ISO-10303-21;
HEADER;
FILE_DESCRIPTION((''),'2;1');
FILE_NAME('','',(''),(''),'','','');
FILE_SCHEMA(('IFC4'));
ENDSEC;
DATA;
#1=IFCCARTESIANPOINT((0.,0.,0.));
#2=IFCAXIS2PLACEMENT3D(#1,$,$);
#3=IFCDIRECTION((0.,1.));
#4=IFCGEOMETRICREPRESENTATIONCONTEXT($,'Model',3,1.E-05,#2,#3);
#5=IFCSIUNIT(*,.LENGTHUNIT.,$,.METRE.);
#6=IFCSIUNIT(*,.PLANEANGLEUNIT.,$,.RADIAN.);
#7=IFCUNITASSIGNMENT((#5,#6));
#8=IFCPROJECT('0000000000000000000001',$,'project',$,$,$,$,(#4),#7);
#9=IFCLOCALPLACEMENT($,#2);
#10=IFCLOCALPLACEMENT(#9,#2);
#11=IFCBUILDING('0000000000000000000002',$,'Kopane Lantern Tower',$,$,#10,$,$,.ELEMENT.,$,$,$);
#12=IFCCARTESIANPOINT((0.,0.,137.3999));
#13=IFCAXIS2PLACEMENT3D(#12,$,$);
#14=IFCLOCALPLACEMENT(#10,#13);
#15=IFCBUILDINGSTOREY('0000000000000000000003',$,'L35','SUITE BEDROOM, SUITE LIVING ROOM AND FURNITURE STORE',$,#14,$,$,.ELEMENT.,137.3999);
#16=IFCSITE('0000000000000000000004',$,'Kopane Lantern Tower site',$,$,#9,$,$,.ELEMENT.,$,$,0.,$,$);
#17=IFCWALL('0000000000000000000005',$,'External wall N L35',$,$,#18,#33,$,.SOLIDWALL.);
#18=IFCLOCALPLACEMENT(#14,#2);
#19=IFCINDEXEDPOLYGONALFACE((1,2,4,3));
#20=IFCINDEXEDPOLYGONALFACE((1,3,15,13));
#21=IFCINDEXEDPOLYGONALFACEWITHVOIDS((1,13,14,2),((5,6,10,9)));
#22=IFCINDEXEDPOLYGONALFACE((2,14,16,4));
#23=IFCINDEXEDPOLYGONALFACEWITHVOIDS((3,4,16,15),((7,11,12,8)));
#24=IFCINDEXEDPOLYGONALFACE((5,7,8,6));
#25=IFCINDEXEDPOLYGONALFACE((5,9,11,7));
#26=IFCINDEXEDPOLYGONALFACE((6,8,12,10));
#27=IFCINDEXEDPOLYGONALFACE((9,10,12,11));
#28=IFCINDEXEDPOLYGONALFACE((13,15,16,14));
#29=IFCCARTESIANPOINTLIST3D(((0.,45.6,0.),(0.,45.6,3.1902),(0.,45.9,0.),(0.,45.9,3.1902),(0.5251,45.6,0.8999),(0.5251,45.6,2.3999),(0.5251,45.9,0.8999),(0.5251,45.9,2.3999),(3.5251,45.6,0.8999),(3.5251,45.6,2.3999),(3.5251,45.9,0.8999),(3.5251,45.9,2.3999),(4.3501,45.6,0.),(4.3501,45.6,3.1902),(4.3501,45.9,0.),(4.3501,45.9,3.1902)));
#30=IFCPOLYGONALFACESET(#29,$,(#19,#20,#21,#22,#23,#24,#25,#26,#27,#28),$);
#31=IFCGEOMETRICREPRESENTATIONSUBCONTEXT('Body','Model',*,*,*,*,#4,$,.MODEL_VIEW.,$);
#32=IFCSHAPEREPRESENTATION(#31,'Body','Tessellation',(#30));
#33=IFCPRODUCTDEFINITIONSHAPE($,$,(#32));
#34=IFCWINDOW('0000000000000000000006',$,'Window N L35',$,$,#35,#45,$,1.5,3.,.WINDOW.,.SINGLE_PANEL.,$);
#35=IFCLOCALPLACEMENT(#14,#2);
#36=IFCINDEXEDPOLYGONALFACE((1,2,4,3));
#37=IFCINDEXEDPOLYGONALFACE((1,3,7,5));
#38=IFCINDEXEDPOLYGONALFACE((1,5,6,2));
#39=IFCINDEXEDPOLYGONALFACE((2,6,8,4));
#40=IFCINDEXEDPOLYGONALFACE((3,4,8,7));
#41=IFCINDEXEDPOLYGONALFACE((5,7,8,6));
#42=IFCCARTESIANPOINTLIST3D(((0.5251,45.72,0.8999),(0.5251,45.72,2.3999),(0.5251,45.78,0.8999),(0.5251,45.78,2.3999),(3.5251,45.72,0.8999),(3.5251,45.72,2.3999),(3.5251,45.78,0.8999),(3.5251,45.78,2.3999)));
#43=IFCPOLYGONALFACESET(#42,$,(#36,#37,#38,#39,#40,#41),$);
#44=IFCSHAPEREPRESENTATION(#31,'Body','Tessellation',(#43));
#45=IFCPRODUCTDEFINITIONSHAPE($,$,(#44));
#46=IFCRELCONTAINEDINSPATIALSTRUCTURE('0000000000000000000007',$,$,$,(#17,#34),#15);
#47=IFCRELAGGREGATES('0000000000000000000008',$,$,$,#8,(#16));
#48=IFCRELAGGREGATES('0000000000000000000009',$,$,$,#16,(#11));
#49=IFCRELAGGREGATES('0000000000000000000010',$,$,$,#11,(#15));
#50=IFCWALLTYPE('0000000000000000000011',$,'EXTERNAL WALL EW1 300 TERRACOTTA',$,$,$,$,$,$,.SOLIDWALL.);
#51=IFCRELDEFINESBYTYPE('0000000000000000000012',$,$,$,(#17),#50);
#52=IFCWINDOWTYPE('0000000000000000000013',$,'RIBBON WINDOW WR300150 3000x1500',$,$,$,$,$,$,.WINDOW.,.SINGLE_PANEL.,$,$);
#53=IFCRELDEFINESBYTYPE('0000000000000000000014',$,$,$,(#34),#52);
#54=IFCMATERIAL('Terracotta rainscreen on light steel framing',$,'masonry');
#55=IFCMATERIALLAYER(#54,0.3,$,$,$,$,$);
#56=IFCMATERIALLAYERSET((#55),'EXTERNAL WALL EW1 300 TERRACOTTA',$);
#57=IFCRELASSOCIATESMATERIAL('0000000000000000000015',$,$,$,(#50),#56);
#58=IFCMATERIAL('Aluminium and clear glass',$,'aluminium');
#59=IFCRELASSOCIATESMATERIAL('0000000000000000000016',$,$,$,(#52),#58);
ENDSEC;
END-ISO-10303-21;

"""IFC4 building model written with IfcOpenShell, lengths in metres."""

from ifc_helpers import new_model, si_unit, direction, frame, frame_2d, origin, place, context, subcontext, project, spatial, rectangle, extrude, material, layer, layer_set, type_object, element, fill, save


model = new_model("IFC4")

# Units and contexts
model_context = context("Model", 3, precision=1e-05, world=origin(), true_north=direction((0.0, 1.0)))
body_context = subcontext(model_context, "Body", "Model", "MODEL_VIEW")
ifc_project = project(units=[si_unit("LENGTHUNIT", "METRE"), si_unit("PLANEANGLEUNIT", "RADIAN")], contexts=[model_context])

# Site, building, storey
site_placement = place(None, origin())
site = spatial("IfcSite", under=ifc_project, at=site_placement, Name="Kopane Lantern Tower site", CompositionType="ELEMENT", RefElevation=0.0)
building_placement = place(site_placement, origin())
building = spatial("IfcBuilding", under=site, at=building_placement, Name="Kopane Lantern Tower", CompositionType="ELEMENT")
storey_placement = place(building_placement, frame((0.0, 0.0, 137.3999)))
storey = spatial("IfcBuildingStorey", under=building, at=storey_placement, Name="L35", Description="SUITE BEDROOM, SUITE LIVING ROOM AND FURNITURE STORE", CompositionType="ELEMENT", Elevation=137.3999)

# Wall, opening, window
ifc_material_1 = material(Name="Terracotta rainscreen on light steel framing", Category="masonry")
ifc_layer_1 = layer(ifc_material_1, 0.3)
ifc_layer_set_1 = layer_set([ifc_layer_1], Name="EXTERNAL WALL EW1 300 TERRACOTTA")
wall_type_1 = type_object("IfcWallType", Name="EXTERNAL WALL EW1 300 TERRACOTTA", PredefinedType="SOLIDWALL", material=ifc_layer_set_1)
wall_1_placement = place(storey_placement, frame((4.3501, 45.75, 0.0), z_axis=(0.0, 0.0, 1.0), x_axis=(-1.0, 0.0, 0.0)))
wall_1 = element("IfcWall", 1, at=wall_1_placement, inside=storey, type_object=wall_type_1, Name="External wall N L35", PredefinedType="SOLIDWALL", context=body_context, shape_type="SweptSolid", body=[
    extrude(rectangle(XDim=4.3501, YDim=0.3, at=frame_2d((2.175, 0.0))), origin(), (0.0, 0.0, 1.0), 3.1902),
])
opening_1_placement = place(wall_1_placement, frame((0.825, 0.0, 0.8999)))
opening_1 = element("IfcOpeningElement", 2, at=opening_1_placement, cuts=wall_1, PredefinedType="OPENING", context=body_context, shape_type="SweptSolid", body=[
    extrude(rectangle(XDim=3.0, YDim=1.5, at=frame_2d((1.5, 0.75))), frame((0.0, 0.1599, 0.0), z_axis=(0.0, -1.0, 0.0), x_axis=(1.0, 0.0, 0.0)), (0.0, 0.0, 1.0), 0.3201),
])
ifc_material_2 = material(Name="Aluminium and clear glass", Category="aluminium")
window_type_1 = type_object("IfcWindowType", Name="RIBBON WINDOW WR300150 3000x1500", PartitioningType="SINGLE_PANEL", PredefinedType="WINDOW", material=ifc_material_2)
window_1_placement = place(opening_1_placement, origin())
window_1 = element("IfcWindow", 3, at=window_1_placement, inside=storey, type_object=window_type_1, Name="Window N L35", OverallHeight=1.5, OverallWidth=3.0, PartitioningType="SINGLE_PANEL", PredefinedType="WINDOW", context=body_context, shape_type="SweptSolid", body=[
    extrude(rectangle(XDim=3.0, YDim=1.5, at=frame_2d((1.5, 0.75))), frame((0.0, 0.03, 0.0), z_axis=(0.0, -1.0, 0.0), x_axis=(1.0, 0.0, 0.0)), (0.0, 0.0, 1.0), 0.0601),
])
fill(opening_1, window_1)

save(model, "model.ifc")
